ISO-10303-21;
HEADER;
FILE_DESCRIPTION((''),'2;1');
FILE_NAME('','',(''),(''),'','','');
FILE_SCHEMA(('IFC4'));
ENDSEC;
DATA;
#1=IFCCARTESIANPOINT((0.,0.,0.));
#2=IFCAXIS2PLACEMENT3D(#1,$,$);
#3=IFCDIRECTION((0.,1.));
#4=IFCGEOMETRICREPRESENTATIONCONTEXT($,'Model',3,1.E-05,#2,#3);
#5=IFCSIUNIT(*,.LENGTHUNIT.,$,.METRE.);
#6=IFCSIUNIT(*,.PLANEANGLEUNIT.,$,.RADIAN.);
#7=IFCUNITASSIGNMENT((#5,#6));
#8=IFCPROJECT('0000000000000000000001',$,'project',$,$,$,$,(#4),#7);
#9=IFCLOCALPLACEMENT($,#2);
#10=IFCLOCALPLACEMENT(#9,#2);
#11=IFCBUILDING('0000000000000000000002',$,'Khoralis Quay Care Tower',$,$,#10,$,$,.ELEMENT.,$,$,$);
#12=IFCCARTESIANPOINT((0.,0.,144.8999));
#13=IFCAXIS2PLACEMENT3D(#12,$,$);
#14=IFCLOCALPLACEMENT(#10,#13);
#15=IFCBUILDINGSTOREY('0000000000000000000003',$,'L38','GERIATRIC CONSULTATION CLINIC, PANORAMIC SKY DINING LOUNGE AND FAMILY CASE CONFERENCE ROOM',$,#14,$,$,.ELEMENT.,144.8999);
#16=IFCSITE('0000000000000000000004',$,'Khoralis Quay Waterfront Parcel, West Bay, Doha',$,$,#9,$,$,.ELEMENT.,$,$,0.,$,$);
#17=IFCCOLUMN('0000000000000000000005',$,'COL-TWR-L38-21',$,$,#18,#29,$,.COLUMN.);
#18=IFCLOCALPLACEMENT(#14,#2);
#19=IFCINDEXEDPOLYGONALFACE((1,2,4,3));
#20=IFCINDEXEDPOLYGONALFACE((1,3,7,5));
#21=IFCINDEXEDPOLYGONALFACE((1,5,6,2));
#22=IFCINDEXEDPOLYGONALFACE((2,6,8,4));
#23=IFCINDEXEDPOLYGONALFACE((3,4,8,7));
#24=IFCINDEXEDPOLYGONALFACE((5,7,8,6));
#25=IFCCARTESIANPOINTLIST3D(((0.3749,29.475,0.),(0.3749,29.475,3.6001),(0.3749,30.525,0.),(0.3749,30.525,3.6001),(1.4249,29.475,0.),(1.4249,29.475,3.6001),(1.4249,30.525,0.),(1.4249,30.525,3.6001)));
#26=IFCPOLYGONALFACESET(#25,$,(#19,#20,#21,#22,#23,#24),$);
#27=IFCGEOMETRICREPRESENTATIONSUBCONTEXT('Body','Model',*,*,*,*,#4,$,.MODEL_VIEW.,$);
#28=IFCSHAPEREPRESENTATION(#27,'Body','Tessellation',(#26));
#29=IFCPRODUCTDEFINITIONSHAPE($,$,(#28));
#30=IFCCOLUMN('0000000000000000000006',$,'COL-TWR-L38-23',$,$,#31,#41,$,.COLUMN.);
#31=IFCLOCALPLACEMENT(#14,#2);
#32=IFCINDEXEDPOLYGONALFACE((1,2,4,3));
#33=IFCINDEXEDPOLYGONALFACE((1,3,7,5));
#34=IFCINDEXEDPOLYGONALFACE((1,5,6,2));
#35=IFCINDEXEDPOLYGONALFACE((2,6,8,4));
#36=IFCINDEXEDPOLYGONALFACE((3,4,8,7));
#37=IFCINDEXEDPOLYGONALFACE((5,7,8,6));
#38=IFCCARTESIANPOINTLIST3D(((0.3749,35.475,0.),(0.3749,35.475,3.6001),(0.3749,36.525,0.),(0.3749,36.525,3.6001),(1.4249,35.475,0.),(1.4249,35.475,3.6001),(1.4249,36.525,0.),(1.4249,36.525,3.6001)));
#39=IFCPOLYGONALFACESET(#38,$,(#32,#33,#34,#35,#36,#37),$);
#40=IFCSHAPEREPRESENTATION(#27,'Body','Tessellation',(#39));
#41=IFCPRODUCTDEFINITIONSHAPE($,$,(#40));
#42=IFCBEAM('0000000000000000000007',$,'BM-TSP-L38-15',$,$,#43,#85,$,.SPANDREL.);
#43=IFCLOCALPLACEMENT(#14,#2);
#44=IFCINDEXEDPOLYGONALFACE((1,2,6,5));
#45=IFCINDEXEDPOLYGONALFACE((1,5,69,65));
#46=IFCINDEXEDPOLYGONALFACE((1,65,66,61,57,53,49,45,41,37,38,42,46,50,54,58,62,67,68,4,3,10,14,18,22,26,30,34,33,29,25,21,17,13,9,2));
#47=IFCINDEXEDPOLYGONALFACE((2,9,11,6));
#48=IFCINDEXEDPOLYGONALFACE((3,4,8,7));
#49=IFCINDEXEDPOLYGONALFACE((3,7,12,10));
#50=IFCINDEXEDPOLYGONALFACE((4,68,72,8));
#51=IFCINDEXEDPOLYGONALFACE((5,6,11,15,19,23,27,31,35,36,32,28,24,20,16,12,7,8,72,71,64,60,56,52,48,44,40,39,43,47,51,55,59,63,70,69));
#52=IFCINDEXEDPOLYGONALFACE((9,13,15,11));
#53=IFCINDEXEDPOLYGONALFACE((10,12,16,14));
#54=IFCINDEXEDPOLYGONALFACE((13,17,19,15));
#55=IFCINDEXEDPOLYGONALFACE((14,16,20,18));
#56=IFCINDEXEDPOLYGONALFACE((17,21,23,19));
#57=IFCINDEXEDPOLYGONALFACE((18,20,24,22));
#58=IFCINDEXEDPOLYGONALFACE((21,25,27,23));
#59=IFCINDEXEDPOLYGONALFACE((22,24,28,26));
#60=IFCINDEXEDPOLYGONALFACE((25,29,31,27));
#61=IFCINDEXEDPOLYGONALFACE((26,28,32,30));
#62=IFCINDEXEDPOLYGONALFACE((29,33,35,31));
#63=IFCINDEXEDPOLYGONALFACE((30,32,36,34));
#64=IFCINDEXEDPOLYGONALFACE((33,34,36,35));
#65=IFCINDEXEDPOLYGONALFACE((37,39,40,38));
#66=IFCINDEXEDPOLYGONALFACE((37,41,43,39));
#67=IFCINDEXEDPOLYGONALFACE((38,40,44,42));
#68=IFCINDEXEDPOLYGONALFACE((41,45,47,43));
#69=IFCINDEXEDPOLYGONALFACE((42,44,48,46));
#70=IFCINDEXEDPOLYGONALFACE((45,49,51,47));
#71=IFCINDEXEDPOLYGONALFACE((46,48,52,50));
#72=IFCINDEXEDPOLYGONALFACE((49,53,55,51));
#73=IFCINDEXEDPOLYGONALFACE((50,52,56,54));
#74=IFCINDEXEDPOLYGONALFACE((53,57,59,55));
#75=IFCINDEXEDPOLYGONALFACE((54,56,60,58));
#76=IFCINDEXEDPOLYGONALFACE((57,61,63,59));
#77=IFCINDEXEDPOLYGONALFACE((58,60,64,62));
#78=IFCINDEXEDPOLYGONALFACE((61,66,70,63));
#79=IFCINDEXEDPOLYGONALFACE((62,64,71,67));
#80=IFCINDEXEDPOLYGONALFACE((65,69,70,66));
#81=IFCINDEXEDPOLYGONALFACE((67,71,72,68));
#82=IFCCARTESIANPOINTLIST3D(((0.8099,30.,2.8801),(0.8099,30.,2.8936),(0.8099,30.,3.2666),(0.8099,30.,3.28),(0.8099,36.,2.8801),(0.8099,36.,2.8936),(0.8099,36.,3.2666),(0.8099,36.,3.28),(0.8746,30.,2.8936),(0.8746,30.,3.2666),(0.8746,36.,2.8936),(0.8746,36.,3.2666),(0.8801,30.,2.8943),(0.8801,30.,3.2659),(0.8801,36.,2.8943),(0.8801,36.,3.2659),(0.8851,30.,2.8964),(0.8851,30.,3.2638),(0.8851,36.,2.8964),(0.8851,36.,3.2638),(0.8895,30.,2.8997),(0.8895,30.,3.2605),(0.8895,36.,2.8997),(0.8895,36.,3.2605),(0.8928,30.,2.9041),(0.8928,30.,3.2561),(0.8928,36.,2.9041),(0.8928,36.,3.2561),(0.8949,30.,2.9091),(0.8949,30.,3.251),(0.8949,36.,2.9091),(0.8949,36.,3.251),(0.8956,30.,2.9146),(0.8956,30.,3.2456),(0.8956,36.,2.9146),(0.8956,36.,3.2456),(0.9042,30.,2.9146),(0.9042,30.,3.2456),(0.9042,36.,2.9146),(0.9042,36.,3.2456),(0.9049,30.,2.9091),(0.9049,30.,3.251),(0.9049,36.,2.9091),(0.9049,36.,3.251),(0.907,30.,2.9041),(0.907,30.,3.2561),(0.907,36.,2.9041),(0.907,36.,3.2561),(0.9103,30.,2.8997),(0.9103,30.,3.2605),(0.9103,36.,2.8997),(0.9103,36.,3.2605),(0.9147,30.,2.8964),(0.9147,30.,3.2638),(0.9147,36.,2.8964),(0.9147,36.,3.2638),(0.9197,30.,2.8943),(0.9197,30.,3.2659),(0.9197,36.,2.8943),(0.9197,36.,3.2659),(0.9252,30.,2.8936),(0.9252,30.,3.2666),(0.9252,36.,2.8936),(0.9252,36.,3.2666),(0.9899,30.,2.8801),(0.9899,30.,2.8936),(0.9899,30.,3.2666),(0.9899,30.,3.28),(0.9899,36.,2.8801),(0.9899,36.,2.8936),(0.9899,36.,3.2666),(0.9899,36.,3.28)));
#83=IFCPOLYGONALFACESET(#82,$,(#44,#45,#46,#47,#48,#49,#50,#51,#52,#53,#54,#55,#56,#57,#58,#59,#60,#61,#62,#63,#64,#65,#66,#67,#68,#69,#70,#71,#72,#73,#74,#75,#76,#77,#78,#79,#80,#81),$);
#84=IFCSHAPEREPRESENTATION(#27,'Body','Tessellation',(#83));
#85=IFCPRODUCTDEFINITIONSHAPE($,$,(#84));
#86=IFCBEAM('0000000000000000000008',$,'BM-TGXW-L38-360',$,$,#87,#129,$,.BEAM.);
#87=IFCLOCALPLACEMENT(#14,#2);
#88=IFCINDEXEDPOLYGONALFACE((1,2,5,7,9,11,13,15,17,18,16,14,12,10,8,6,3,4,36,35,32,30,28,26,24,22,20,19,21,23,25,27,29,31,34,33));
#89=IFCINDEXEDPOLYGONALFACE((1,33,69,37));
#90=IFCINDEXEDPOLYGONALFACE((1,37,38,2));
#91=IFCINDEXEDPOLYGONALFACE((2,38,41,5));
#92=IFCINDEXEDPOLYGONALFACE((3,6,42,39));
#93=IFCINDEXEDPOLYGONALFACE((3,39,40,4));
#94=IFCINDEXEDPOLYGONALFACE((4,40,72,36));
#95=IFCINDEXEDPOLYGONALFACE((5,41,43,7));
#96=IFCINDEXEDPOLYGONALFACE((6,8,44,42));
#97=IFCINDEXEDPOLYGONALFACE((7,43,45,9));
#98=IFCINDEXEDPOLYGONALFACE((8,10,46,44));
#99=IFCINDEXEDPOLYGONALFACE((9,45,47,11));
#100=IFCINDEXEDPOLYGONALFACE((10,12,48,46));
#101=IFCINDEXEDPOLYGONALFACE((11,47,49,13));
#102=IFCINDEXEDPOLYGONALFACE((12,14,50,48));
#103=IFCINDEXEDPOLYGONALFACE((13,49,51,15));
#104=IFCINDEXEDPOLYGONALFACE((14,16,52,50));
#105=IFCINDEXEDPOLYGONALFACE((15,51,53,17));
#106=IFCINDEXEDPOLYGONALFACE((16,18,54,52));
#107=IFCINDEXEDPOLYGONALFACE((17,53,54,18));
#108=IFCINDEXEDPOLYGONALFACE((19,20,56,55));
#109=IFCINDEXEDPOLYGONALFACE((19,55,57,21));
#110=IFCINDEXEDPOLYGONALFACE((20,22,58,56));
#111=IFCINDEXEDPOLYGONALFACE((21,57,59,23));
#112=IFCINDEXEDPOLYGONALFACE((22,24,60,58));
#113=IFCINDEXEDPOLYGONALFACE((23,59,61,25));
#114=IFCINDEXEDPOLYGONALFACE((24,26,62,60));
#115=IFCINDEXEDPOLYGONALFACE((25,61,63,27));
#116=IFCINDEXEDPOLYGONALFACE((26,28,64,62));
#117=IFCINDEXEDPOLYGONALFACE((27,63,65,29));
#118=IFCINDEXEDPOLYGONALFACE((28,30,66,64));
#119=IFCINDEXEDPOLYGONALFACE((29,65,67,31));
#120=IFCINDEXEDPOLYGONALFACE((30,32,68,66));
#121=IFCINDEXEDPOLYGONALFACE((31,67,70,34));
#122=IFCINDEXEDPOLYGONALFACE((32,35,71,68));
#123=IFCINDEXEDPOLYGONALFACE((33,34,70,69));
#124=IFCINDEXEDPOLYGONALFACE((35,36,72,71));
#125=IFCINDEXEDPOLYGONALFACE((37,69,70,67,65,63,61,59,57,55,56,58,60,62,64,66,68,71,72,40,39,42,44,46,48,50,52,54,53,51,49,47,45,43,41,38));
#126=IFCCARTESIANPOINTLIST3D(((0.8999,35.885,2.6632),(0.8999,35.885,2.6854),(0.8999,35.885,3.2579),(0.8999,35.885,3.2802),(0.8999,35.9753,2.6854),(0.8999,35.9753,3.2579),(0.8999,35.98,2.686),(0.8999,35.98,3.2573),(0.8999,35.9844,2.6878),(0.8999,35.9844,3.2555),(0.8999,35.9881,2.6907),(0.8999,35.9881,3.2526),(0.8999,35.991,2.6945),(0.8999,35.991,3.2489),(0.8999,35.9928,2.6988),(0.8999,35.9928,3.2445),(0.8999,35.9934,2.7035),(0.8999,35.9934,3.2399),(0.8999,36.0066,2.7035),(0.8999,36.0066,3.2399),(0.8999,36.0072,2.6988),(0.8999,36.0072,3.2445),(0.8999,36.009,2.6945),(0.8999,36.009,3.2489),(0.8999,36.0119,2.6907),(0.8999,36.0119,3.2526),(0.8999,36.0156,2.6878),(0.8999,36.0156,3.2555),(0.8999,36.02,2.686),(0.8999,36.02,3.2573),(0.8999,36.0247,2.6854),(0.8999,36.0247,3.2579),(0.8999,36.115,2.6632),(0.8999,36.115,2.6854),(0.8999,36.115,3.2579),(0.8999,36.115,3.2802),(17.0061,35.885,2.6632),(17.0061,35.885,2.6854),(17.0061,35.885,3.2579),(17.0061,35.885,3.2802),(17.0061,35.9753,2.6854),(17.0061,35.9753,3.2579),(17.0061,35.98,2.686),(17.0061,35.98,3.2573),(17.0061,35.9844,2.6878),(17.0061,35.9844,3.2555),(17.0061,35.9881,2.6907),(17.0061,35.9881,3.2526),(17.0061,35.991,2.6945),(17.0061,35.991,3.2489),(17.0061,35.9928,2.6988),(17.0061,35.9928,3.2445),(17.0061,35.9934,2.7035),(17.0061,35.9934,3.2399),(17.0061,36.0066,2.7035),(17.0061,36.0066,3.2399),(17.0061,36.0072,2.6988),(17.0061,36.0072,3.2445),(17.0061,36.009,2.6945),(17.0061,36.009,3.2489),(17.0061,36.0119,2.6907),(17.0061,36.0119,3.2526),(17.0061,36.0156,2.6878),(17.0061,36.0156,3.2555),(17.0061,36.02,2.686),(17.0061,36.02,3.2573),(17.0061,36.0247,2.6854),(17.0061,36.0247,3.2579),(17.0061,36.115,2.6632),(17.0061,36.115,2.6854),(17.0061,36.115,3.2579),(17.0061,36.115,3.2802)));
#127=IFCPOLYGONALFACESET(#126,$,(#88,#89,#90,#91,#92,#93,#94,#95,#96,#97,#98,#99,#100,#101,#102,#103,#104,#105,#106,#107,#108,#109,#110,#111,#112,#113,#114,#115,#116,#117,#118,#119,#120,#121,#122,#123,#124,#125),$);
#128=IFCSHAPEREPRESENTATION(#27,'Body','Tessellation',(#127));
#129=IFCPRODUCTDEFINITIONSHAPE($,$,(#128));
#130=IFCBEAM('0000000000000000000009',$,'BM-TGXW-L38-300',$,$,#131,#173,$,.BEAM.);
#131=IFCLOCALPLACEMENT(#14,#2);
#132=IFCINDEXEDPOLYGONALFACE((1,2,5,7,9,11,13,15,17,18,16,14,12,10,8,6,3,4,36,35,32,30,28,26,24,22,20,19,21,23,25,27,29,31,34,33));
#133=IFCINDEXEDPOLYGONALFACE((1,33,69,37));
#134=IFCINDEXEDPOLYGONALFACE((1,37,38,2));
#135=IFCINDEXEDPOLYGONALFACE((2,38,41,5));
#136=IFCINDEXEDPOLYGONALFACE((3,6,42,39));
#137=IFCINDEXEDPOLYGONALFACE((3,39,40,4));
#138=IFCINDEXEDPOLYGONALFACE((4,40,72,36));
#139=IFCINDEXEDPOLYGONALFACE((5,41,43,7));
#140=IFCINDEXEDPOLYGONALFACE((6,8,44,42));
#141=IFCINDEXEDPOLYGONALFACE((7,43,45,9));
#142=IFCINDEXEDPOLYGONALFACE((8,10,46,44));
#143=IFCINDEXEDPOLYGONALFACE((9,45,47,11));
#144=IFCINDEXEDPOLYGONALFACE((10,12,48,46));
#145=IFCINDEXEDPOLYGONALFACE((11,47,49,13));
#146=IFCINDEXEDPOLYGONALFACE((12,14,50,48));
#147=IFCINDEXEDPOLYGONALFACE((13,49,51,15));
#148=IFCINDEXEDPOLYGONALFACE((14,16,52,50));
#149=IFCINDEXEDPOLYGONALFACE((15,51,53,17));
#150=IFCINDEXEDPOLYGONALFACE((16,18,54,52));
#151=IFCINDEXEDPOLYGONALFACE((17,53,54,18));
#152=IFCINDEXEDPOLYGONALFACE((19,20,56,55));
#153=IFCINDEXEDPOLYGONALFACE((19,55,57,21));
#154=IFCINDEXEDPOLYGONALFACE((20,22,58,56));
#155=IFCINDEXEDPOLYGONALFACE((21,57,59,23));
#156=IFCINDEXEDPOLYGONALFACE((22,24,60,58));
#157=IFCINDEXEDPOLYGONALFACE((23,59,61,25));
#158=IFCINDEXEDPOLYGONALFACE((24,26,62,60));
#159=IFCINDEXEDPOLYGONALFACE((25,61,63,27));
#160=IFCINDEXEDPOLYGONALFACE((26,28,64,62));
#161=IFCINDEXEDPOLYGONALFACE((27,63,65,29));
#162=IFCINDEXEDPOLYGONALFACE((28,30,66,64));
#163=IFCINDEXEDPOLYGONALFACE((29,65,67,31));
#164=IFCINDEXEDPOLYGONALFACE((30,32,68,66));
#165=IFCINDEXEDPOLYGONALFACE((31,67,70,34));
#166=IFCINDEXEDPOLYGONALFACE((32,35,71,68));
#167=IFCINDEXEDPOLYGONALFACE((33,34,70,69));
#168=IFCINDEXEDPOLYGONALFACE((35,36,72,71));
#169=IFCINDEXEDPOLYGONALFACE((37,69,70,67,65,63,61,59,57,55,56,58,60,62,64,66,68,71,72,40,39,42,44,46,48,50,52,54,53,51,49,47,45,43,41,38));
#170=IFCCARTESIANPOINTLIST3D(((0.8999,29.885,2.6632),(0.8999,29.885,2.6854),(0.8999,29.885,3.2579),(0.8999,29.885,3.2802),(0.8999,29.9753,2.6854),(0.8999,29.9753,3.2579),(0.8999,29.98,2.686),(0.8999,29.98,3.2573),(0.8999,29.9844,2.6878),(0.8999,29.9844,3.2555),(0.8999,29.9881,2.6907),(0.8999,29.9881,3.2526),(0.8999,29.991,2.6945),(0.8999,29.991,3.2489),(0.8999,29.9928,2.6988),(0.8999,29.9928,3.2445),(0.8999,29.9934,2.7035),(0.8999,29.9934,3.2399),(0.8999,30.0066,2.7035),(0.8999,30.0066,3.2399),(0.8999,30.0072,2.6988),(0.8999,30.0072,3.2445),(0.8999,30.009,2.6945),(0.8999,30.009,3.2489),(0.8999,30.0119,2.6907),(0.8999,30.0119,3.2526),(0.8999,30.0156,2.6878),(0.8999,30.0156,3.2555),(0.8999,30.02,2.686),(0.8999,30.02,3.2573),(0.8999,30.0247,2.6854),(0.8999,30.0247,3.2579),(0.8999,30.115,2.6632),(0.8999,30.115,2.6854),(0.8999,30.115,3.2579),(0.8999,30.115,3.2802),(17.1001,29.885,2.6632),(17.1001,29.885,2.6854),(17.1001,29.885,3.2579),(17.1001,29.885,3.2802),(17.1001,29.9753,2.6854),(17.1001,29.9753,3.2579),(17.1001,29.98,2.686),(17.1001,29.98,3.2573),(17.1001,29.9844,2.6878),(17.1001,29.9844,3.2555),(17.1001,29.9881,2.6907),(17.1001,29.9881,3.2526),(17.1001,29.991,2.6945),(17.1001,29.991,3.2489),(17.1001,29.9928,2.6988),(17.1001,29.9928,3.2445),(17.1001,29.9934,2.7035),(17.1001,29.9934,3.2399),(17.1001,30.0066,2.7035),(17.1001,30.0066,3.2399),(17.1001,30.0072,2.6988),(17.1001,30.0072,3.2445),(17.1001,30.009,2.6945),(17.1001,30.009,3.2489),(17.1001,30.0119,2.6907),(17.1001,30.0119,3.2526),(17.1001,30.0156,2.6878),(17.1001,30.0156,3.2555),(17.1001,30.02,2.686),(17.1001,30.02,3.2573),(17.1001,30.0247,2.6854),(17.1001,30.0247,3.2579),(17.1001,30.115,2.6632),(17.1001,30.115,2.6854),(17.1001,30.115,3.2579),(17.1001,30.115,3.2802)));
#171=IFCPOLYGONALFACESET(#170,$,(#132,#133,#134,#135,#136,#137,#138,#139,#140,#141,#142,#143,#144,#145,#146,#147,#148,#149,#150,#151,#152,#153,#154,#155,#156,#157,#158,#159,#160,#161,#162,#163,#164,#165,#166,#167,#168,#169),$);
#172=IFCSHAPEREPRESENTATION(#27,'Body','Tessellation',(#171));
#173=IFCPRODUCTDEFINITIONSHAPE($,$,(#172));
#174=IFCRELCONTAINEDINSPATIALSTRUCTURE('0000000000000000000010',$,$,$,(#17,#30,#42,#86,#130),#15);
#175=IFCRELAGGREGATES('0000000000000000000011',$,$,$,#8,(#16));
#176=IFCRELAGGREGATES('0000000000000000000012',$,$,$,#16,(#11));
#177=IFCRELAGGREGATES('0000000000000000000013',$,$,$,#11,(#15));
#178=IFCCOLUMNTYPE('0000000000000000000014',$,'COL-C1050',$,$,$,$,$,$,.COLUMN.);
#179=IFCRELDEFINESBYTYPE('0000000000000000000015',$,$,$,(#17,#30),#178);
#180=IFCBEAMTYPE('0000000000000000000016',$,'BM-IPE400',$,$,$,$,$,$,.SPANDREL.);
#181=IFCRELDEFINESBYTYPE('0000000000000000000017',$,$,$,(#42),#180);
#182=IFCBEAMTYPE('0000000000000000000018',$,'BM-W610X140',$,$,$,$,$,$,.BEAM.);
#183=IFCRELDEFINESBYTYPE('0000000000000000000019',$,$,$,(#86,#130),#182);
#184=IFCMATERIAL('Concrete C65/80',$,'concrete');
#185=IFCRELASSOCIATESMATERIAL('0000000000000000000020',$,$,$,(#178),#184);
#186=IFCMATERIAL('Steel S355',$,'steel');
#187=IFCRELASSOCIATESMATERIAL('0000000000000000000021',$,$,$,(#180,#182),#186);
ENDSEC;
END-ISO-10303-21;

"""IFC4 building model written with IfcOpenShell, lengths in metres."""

from ifc_helpers import new_model, si_unit, direction, frame, origin, origin_2d, place, context, subcontext, project, spatial, rectangle, i_section, extrude, source, transform, mapped, material, material_profile, profile_set, type_object, element, save


model = new_model("IFC4")

# Units and contexts
model_context = context("Model", 3, precision=1e-05, world=origin(), true_north=direction((0.0, 1.0)))
body_context = subcontext(model_context, "Body", "Model", "MODEL_VIEW")
ifc_project = project(units=[si_unit("LENGTHUNIT", "METRE"), si_unit("PLANEANGLEUNIT", "RADIAN")], contexts=[model_context])

# Site, building, storey
site_placement = place(None, origin())
site = spatial("IfcSite", under=ifc_project, at=site_placement, Name="Khoralis Quay Waterfront Parcel, West Bay, Doha", CompositionType="ELEMENT", RefElevation=0.0)
building_placement = place(site_placement, origin())
building = spatial("IfcBuilding", under=site, at=building_placement, Name="Khoralis Quay Care Tower", CompositionType="ELEMENT")
storey_placement = place(building_placement, frame((0.0, 0.0, 144.8999)))
storey = spatial("IfcBuildingStorey", under=building, at=storey_placement, Name="L38", Description="GERIATRIC CONSULTATION CLINIC, PANORAMIC SKY DINING LOUNGE AND FAMILY CASE CONFERENCE ROOM", CompositionType="ELEMENT", Elevation=144.8999)

# Columns
ifc_material_1 = material(Name="Concrete C65/80", Category="concrete")
ifc_material_profile_1 = material_profile(ifc_material_1, rectangle(XDim=1.05, YDim=1.05, at=origin_2d()), Name="Concrete C65/80")
ifc_profile_set_1 = profile_set([ifc_material_profile_1], Name="Concrete C65/80")
column_type = type_object("IfcColumnType", Name="COL-C1050", PredefinedType="COLUMN", material=ifc_profile_set_1)
shared_shape_1 = source(origin(), body_context, "Body", "SweptSolid", [
    extrude(rectangle(XDim=1.05, YDim=1.05, at=origin_2d()), origin(), (0.0, 0.0, 1.0), 3.6001),
])
for number, where, z_axis, x_axis, name in (
    (1, (0.8999, 30.0, 0.0), (0.0, 0.0, 1.0), (1.0, 0.0, 0.0), "COL-TWR-L38-21"),
    (2, (0.8999, 36.0, 0.0), (0.0, 0.0, 1.0), (1.0, 0.0, 0.0), "COL-TWR-L38-23"),
):
    element("IfcColumn", number, at=place(storey_placement, frame(where, z_axis=z_axis, x_axis=x_axis)), inside=storey, type_object=column_type, Name=name, PredefinedType="COLUMN", context=body_context, shape_type="MappedRepresentation", body=[
        mapped(shared_shape_1, transform((0.0, 0.0, 0.0), scale=1.0)),
    ])

# Beams
ifc_material_2 = material(Name="Steel S355", Category="steel")
ifc_material_profile_2 = material_profile(ifc_material_2, i_section(OverallWidth=0.1799, OverallDepth=0.3999, WebThickness=0.0085, FlangeThickness=0.0134, FilletRadius=0.021, at=origin_2d()), Name="Steel S355")
ifc_profile_set_2 = profile_set([ifc_material_profile_2], Name="Steel S355")
beam_type_1 = type_object("IfcBeamType", Name="BM-IPE400", PredefinedType="SPANDREL", material=ifc_profile_set_2)
shared_shape_2 = source(origin(), body_context, "Body", "SweptSolid", [
    extrude(i_section(OverallWidth=0.1799, OverallDepth=0.3999, WebThickness=0.0085, FlangeThickness=0.0134, FilletRadius=0.021, at=origin_2d()), origin(), (0.0, 0.0, 1.0), 6.0),
])
beam_1_placement = place(storey_placement, frame((0.8999, 30.0, 3.0801), z_axis=(0.0, 1.0, 0.0), x_axis=(-1.0, 0.0, 0.0)))
element("IfcBeam", 3, at=beam_1_placement, inside=storey, type_object=beam_type_1, Name="BM-TSP-L38-15", PredefinedType="SPANDREL", context=body_context, shape_type="MappedRepresentation", body=[
    mapped(shared_shape_2, transform((0.0, 0.0, 0.0), scale=1.0)),
])
ifc_material_profile_3 = material_profile(ifc_material_2, i_section(OverallWidth=0.23, OverallDepth=0.6169, WebThickness=0.0132, FlangeThickness=0.0222, FilletRadius=0.0181, at=origin_2d()), Name="Steel S355")
ifc_profile_set_3 = profile_set([ifc_material_profile_3], Name="Steel S355")
beam_type_2 = type_object("IfcBeamType", Name="BM-W610X140", PredefinedType="BEAM", material=ifc_profile_set_3)
shared_shape_3 = source(origin(), body_context, "Body", "SweptSolid", [
    extrude(i_section(OverallWidth=0.23, OverallDepth=0.6169, WebThickness=0.0132, FlangeThickness=0.0222, FilletRadius=0.0181, at=origin_2d()), origin(), (0.0, 0.0, 1.0), 16.1062),
])
beam_2_placement = place(storey_placement, frame((0.8999, 36.0, 2.9717), z_axis=(1.0, 0.0, 0.0), x_axis=(0.0, 1.0, 0.0)))
element("IfcBeam", 4, at=beam_2_placement, inside=storey, type_object=beam_type_2, Name="BM-TGXW-L38-360", PredefinedType="BEAM", context=body_context, shape_type="MappedRepresentation", body=[
    mapped(shared_shape_3, transform((0.0, 0.0, 0.0), scale=1.0)),
])
shared_shape_4 = source(origin(), body_context, "Body", "SweptSolid", [
    extrude(i_section(OverallWidth=0.23, OverallDepth=0.6169, WebThickness=0.0132, FlangeThickness=0.0222, FilletRadius=0.0181, at=origin_2d()), origin(), (0.0, 0.0, 1.0), 16.2002),
])
beam_3_placement = place(storey_placement, frame((0.8999, 30.0, 2.9717), z_axis=(1.0, 0.0, 0.0), x_axis=(0.0, 1.0, 0.0)))
element("IfcBeam", 5, at=beam_3_placement, inside=storey, type_object=beam_type_2, Name="BM-TGXW-L38-300", PredefinedType="BEAM", context=body_context, shape_type="MappedRepresentation", body=[
    mapped(shared_shape_4, transform((0.0, 0.0, 0.0), scale=1.0)),
])

save(model, "model.ifc")
